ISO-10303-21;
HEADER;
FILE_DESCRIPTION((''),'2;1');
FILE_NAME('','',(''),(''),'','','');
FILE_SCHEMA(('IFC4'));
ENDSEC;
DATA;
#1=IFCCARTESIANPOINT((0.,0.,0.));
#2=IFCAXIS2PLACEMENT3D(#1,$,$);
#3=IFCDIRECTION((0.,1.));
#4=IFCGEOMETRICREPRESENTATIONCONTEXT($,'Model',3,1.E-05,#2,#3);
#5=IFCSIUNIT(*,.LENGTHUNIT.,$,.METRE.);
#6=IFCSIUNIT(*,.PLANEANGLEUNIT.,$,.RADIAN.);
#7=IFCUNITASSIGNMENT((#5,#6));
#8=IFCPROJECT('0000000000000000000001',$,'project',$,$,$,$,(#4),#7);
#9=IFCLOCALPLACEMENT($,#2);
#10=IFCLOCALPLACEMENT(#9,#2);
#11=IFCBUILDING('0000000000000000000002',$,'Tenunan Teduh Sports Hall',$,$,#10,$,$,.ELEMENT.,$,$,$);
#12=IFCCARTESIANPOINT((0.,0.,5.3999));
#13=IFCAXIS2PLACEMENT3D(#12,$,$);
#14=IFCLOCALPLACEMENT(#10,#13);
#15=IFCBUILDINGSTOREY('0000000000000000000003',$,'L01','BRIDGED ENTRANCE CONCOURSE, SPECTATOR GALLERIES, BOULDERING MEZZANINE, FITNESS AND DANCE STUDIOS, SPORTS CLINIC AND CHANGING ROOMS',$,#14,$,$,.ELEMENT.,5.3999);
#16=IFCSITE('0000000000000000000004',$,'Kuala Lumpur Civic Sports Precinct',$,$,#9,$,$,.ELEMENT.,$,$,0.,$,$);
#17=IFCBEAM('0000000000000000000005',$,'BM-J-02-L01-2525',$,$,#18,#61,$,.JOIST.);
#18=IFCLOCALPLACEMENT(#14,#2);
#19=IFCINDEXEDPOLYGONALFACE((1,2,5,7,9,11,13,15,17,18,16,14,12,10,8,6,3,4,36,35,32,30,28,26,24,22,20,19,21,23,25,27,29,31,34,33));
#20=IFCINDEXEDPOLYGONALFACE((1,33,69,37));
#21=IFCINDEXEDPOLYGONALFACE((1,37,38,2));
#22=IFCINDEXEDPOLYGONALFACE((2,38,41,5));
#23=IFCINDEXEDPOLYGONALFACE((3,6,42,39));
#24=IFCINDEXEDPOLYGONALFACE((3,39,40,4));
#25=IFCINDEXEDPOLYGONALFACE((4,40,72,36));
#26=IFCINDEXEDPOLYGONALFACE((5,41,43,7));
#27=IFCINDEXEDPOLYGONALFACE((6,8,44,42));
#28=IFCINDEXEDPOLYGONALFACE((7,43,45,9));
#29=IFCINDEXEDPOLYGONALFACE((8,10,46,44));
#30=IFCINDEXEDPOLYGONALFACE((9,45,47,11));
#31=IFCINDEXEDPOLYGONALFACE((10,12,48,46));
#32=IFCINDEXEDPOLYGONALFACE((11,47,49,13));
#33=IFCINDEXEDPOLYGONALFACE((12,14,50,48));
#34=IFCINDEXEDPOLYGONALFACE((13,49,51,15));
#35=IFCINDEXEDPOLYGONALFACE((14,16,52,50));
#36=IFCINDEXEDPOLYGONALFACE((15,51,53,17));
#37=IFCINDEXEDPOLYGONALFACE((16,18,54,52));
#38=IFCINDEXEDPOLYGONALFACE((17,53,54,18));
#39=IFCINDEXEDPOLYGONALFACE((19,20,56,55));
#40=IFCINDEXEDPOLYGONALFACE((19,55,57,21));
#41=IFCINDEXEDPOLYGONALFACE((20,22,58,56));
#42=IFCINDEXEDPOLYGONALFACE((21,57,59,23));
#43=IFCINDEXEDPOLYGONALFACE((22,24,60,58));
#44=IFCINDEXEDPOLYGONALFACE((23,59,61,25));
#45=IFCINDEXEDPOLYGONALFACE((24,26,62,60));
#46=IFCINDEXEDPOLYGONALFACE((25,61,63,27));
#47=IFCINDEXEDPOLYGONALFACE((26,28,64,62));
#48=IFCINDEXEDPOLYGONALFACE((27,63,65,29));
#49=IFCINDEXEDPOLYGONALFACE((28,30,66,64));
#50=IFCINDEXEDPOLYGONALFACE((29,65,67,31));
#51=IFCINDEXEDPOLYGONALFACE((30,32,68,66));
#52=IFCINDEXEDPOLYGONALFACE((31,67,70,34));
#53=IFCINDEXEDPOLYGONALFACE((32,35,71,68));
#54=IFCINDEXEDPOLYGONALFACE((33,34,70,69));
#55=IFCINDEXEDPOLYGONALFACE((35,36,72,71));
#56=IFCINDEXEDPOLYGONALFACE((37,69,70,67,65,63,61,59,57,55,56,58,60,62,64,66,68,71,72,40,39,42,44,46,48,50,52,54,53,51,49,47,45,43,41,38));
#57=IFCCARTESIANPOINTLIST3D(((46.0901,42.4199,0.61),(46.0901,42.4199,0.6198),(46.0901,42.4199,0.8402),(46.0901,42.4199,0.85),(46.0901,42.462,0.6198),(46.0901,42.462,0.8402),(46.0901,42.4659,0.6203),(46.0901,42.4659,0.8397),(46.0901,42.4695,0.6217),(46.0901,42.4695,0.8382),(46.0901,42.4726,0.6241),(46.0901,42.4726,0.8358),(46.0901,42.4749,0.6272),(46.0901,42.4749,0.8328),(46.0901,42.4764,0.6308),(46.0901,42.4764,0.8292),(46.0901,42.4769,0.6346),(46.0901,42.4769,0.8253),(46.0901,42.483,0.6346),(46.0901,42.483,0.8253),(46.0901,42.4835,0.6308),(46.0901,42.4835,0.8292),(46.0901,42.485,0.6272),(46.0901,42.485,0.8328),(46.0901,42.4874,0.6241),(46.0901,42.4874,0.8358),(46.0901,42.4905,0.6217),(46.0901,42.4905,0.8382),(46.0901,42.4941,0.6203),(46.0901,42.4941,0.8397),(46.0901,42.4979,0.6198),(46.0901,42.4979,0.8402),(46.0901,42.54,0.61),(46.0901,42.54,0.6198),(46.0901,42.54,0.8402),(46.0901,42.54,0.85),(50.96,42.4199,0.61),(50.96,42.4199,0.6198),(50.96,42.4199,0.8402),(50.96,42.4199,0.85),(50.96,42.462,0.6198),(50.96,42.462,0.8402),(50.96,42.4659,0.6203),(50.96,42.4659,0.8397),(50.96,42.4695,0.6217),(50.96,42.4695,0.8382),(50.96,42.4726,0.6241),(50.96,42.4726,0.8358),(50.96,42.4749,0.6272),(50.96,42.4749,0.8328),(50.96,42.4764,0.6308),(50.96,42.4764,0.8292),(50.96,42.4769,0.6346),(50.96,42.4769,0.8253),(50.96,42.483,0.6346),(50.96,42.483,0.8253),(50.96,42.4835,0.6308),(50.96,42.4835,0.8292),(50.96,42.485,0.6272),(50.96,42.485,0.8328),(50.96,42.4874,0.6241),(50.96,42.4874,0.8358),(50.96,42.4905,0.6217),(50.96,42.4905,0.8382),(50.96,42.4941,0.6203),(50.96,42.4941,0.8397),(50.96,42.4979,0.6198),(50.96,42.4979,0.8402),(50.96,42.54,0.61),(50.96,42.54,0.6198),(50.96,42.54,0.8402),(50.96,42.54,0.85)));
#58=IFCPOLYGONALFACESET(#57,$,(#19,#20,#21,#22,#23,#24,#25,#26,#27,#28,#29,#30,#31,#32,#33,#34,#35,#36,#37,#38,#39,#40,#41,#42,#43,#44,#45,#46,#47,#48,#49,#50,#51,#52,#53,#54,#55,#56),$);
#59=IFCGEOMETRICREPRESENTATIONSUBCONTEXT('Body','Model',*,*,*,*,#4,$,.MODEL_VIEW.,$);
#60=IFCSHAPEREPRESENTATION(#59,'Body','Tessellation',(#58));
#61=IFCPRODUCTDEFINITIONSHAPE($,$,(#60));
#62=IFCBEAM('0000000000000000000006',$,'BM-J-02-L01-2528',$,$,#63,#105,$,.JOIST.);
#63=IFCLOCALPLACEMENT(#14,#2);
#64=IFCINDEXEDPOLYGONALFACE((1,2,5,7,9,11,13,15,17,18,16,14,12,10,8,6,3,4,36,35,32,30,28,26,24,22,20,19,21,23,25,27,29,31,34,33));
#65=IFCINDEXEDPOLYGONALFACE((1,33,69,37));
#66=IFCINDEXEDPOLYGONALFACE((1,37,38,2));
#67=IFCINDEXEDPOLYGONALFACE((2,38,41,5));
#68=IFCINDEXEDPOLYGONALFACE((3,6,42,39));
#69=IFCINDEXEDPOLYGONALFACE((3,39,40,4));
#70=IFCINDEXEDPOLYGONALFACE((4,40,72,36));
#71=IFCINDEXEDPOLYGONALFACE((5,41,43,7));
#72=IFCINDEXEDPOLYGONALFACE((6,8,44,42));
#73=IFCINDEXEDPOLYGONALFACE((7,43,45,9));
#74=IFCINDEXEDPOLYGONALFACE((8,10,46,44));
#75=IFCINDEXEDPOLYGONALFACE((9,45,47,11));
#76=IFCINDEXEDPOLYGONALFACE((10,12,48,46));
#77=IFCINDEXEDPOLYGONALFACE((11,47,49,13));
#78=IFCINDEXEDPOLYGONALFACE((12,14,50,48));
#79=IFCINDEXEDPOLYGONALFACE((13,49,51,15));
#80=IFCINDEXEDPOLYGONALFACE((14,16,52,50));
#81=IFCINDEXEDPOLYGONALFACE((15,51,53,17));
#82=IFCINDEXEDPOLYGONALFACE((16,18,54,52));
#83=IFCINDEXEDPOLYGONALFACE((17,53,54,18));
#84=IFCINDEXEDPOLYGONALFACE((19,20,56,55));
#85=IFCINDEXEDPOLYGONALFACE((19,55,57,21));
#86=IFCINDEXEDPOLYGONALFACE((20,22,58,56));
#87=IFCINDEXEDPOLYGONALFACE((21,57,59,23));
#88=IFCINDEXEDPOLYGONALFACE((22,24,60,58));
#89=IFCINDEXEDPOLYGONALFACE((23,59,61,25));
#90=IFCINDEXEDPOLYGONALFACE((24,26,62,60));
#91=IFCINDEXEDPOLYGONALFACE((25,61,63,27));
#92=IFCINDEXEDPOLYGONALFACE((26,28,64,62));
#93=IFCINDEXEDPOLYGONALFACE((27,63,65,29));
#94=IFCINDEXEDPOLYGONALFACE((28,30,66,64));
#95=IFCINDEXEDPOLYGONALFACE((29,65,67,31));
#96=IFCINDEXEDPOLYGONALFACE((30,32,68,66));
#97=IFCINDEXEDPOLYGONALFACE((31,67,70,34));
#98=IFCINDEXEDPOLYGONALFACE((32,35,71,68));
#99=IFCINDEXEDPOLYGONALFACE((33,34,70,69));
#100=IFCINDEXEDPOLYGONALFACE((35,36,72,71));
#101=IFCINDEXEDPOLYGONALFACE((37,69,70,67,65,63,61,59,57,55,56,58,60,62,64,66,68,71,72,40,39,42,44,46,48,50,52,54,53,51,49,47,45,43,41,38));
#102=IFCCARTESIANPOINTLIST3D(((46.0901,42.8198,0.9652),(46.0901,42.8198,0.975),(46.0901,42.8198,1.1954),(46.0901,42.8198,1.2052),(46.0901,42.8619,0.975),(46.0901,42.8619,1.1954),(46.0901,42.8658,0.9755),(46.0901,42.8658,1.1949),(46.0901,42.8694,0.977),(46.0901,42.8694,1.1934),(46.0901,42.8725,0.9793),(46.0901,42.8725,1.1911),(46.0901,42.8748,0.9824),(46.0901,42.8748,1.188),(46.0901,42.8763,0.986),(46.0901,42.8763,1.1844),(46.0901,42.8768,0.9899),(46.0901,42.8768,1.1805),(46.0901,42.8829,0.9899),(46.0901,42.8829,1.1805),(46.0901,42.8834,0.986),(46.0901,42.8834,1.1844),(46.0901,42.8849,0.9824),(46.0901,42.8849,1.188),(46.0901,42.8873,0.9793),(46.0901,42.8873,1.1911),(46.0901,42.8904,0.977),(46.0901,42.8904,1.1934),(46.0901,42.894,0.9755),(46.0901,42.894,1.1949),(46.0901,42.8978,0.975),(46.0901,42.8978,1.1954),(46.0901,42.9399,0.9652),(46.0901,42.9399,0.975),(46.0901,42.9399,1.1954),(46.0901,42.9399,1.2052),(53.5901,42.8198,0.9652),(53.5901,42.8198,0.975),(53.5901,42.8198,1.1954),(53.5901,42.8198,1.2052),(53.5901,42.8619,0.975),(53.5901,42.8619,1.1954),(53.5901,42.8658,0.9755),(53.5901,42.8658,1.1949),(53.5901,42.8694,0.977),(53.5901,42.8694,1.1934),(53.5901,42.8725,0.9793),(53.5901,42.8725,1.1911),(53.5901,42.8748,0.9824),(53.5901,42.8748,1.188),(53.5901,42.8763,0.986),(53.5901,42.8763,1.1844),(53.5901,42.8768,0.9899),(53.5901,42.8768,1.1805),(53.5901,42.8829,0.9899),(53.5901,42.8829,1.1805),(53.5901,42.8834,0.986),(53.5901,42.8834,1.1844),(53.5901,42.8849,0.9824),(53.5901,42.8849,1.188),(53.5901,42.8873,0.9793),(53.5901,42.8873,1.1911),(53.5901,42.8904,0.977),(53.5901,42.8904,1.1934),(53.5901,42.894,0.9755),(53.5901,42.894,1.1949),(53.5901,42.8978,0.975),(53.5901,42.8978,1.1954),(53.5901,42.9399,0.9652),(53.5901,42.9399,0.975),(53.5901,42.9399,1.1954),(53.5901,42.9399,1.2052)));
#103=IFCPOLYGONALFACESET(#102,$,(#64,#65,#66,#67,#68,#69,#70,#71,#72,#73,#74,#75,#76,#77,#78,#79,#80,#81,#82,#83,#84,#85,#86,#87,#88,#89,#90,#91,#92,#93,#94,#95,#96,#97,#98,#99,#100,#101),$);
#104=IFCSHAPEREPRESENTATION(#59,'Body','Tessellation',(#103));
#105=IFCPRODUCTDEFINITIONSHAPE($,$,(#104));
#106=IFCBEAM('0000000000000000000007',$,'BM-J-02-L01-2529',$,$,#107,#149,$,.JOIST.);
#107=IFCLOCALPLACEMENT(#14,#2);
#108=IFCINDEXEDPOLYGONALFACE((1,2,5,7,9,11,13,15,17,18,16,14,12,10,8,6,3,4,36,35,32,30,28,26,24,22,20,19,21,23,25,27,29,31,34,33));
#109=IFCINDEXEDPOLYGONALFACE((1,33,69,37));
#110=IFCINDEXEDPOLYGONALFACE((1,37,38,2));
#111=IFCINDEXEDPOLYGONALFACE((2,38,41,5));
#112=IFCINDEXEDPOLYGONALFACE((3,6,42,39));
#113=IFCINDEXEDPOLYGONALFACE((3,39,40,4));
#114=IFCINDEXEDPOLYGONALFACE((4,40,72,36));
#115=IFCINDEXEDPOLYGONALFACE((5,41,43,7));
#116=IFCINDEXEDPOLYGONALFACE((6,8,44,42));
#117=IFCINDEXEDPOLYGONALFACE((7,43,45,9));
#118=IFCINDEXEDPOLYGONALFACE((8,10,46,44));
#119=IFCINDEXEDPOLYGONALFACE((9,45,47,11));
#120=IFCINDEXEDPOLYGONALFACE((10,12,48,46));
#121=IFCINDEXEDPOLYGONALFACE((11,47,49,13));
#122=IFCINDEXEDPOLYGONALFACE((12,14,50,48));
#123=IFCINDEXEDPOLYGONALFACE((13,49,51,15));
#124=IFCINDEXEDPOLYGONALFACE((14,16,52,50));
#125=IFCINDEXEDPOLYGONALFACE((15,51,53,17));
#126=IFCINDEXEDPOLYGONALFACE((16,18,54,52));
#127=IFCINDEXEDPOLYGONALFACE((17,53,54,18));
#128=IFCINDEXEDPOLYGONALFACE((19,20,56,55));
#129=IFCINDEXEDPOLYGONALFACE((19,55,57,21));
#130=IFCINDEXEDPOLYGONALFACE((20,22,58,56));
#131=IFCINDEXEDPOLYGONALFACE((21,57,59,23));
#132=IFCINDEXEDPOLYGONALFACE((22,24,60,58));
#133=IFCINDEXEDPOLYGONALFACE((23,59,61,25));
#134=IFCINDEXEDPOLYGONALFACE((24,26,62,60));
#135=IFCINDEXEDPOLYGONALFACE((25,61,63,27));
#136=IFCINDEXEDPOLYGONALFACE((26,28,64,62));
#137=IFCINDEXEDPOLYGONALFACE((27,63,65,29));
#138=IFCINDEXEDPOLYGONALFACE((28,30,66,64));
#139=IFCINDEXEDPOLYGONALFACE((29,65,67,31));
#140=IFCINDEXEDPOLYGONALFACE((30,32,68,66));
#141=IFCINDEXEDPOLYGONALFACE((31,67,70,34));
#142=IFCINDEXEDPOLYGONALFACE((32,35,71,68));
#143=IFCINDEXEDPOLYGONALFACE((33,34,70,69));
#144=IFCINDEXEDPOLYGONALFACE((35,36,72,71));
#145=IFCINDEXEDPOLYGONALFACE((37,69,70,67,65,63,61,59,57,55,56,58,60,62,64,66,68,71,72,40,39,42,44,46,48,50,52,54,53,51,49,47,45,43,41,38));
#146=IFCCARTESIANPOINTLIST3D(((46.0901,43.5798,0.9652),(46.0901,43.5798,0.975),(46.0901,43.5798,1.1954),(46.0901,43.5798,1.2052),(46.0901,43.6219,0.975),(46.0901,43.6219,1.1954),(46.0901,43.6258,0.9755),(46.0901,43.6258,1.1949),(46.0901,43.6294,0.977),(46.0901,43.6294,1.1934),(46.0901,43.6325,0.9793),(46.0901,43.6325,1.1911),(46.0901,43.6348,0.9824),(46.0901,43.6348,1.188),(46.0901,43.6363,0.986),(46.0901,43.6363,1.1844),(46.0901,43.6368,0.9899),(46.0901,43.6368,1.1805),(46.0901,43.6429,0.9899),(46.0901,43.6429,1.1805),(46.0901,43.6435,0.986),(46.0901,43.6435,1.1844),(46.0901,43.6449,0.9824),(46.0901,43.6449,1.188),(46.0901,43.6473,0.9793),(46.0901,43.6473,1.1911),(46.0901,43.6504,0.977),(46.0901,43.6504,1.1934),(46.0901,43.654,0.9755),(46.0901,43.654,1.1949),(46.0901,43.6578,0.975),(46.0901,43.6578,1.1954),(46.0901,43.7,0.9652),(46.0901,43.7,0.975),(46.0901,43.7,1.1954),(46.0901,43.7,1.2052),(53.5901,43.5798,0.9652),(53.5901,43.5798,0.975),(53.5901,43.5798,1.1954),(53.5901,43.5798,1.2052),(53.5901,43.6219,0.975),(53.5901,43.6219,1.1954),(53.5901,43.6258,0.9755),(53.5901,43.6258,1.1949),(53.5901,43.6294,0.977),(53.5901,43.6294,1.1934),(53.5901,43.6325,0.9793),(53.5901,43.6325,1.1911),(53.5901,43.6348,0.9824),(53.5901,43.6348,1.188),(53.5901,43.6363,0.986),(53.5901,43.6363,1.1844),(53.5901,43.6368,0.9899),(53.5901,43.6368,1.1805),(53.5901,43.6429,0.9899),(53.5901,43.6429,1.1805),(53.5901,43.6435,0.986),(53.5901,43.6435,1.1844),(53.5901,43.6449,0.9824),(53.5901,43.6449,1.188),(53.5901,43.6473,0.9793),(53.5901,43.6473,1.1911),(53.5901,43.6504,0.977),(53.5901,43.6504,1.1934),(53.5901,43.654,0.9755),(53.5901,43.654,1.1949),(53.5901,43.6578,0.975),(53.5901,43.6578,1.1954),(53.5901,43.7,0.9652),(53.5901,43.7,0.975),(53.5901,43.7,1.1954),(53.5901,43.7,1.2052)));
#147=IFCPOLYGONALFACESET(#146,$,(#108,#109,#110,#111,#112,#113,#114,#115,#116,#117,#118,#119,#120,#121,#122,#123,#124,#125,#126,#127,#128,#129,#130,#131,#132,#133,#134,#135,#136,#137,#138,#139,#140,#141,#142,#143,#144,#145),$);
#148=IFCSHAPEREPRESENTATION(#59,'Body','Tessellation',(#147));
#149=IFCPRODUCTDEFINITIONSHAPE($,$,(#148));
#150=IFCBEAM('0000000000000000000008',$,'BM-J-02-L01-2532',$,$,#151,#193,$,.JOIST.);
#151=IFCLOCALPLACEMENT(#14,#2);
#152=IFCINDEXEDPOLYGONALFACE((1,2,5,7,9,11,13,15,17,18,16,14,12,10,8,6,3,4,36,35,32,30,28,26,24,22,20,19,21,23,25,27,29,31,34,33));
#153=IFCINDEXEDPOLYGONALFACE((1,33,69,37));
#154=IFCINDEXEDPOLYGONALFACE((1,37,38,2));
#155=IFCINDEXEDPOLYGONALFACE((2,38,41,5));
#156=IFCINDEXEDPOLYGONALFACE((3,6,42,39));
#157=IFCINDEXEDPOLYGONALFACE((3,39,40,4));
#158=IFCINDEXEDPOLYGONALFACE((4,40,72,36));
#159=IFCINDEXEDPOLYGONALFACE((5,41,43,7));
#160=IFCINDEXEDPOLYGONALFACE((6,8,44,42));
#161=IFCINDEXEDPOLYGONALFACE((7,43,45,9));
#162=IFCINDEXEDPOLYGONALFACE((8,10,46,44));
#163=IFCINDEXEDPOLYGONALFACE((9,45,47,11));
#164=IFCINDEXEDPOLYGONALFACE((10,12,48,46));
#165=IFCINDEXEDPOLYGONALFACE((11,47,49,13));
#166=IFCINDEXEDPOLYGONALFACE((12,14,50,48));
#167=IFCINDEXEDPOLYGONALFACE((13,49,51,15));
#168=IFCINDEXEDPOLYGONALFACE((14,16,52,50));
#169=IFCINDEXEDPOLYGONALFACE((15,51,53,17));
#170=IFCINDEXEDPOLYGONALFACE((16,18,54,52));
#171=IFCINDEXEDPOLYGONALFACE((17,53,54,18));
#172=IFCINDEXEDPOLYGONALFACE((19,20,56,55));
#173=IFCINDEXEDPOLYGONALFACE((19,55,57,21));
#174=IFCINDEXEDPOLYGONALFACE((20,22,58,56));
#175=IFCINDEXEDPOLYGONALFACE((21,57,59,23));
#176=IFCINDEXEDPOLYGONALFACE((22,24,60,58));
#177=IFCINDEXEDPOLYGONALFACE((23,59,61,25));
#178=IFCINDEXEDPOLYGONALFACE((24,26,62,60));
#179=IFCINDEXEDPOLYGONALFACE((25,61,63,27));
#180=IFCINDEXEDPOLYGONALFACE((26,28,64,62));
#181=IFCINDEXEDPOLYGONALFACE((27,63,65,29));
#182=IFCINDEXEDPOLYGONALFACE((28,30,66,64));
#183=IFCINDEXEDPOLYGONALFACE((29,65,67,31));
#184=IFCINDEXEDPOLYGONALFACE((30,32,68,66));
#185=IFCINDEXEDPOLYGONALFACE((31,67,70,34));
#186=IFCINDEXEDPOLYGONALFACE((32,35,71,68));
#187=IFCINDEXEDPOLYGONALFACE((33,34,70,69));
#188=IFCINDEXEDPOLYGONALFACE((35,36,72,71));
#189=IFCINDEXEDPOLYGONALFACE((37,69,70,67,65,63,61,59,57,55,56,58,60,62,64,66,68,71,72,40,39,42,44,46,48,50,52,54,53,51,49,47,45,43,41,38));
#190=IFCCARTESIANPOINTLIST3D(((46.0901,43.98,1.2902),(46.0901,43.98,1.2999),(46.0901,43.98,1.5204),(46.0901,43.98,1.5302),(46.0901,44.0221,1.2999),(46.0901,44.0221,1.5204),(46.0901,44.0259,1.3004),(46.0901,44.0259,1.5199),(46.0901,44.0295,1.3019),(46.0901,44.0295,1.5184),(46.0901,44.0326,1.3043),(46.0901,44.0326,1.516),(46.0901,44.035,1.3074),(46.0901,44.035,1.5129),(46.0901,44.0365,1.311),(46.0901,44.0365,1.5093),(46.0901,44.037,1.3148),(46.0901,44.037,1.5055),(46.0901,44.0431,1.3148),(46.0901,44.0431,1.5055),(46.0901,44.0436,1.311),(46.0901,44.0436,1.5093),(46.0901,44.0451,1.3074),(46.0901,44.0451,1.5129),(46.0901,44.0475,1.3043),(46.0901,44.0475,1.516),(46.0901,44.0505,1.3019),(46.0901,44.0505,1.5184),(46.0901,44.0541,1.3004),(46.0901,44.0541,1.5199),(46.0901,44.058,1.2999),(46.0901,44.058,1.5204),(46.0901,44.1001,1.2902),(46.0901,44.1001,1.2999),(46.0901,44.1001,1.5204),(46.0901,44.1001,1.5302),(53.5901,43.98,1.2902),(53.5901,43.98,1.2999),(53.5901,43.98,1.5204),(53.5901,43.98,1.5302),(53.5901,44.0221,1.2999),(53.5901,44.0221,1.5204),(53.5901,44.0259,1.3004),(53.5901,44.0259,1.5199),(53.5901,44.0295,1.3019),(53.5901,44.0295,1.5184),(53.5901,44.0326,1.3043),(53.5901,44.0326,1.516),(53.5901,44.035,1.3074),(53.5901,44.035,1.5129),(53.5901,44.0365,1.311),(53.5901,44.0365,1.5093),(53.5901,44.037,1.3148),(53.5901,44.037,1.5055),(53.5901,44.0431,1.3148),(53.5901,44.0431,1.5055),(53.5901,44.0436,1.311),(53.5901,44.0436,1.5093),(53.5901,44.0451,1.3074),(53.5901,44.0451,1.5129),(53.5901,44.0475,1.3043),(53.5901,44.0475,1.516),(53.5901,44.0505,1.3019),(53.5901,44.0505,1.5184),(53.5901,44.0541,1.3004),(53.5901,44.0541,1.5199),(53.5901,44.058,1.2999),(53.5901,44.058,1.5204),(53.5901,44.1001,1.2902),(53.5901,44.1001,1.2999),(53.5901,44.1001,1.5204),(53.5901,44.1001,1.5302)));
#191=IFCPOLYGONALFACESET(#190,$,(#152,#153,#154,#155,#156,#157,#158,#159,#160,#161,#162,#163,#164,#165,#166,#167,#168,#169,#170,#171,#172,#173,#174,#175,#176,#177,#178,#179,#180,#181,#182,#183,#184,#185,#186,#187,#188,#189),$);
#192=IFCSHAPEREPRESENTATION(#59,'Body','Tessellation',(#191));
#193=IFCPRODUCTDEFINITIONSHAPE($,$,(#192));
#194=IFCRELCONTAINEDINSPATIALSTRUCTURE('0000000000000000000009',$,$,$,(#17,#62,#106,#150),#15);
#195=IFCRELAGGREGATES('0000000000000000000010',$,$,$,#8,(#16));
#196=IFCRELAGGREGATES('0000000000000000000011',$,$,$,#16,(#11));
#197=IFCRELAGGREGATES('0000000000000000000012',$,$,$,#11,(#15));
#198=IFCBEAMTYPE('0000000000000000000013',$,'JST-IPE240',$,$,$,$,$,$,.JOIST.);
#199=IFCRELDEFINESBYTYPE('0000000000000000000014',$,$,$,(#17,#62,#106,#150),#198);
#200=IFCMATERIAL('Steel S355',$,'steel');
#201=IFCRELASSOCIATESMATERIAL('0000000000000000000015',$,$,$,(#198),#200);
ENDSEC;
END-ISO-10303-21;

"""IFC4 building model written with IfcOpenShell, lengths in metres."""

from ifc_helpers import new_model, si_unit, direction, frame, origin, origin_2d, place, context, subcontext, project, spatial, i_section, extrude, material, material_profile, profile_set, type_object, element, save


model = new_model("IFC4")

# Units and contexts
model_context = context("Model", 3, precision=1e-05, world=origin(), true_north=direction((0.0, 1.0)))
body_context = subcontext(model_context, "Body", "Model", "MODEL_VIEW")
ifc_project = project(units=[si_unit("LENGTHUNIT", "METRE"), si_unit("PLANEANGLEUNIT", "RADIAN")], contexts=[model_context])

# Site, building, storey
site_placement = place(None, origin())
site = spatial("IfcSite", under=ifc_project, at=site_placement, Name="Kuala Lumpur Civic Sports Precinct", CompositionType="ELEMENT", RefElevation=0.0)
building_placement = place(site_placement, origin())
building = spatial("IfcBuilding", under=site, at=building_placement, Name="Tenunan Teduh Sports Hall", CompositionType="ELEMENT")
storey_placement = place(building_placement, frame((0.0, 0.0, 5.3999)))
storey = spatial("IfcBuildingStorey", under=building, at=storey_placement, Name="L01", Description="BRIDGED ENTRANCE CONCOURSE, SPECTATOR GALLERIES, BOULDERING MEZZANINE, FITNESS AND DANCE STUDIOS, SPORTS CLINIC AND CHANGING ROOMS", CompositionType="ELEMENT", Elevation=5.3999)

# Beams
ifc_material_1 = material(Name="Steel S355", Category="steel")
ifc_material_profile_1 = material_profile(ifc_material_1, i_section(OverallWidth=0.1201, OverallDepth=0.24, WebThickness=0.0061, FlangeThickness=0.0098, FilletRadius=0.0149, at=origin_2d()), Name="IPE 240")
ifc_profile_set_1 = profile_set([ifc_material_profile_1], Name="Steel S355")
beam_type_1 = type_object("IfcBeamType", Name="JST-IPE240", PredefinedType="JOIST", material=ifc_profile_set_1)
beam_1_placement = place(storey_placement, frame((46.0901, 42.48, 0.73), z_axis=(1.0, 0.0, 0.0), x_axis=(0.0, 1.0, 0.0)))
element("IfcBeam", 1, at=beam_1_placement, inside=storey, type_object=beam_type_1, Name="BM-J-02-L01-2525", PredefinedType="JOIST", context=body_context, shape_type="SweptSolid", body=[
    extrude(i_section(OverallWidth=0.1201, OverallDepth=0.24, WebThickness=0.0061, FlangeThickness=0.0098, FilletRadius=0.0149, at=origin_2d()), origin(), (0.0, 0.0, 1.0), 4.8699),
])
for number, where, z_axis, x_axis, name in (
    (2, (46.0901, 42.8799, 1.0852), (1.0, 0.0, 0.0), (0.0, 1.0, 0.0), "BM-J-02-L01-2528"),
    (3, (46.0901, 43.6399, 1.0852), (1.0, 0.0, 0.0), (0.0, 1.0, 0.0), "BM-J-02-L01-2529"),
    (4, (46.0901, 44.04, 1.4102), (1.0, 0.0, 0.0), (0.0, 1.0, 0.0), "BM-J-02-L01-2532"),
):
    element("IfcBeam", number, at=place(storey_placement, frame(where, z_axis=z_axis, x_axis=x_axis)), inside=storey, type_object=beam_type_1, Name=name, PredefinedType="JOIST", context=body_context, shape_type="SweptSolid", body=[
        extrude(i_section(OverallWidth=0.1201, OverallDepth=0.24, WebThickness=0.0061, FlangeThickness=0.0098, FilletRadius=0.0149, at=origin_2d()), origin(), (0.0, 0.0, 1.0), 7.5),
    ])

save(model, "model.ifc")
